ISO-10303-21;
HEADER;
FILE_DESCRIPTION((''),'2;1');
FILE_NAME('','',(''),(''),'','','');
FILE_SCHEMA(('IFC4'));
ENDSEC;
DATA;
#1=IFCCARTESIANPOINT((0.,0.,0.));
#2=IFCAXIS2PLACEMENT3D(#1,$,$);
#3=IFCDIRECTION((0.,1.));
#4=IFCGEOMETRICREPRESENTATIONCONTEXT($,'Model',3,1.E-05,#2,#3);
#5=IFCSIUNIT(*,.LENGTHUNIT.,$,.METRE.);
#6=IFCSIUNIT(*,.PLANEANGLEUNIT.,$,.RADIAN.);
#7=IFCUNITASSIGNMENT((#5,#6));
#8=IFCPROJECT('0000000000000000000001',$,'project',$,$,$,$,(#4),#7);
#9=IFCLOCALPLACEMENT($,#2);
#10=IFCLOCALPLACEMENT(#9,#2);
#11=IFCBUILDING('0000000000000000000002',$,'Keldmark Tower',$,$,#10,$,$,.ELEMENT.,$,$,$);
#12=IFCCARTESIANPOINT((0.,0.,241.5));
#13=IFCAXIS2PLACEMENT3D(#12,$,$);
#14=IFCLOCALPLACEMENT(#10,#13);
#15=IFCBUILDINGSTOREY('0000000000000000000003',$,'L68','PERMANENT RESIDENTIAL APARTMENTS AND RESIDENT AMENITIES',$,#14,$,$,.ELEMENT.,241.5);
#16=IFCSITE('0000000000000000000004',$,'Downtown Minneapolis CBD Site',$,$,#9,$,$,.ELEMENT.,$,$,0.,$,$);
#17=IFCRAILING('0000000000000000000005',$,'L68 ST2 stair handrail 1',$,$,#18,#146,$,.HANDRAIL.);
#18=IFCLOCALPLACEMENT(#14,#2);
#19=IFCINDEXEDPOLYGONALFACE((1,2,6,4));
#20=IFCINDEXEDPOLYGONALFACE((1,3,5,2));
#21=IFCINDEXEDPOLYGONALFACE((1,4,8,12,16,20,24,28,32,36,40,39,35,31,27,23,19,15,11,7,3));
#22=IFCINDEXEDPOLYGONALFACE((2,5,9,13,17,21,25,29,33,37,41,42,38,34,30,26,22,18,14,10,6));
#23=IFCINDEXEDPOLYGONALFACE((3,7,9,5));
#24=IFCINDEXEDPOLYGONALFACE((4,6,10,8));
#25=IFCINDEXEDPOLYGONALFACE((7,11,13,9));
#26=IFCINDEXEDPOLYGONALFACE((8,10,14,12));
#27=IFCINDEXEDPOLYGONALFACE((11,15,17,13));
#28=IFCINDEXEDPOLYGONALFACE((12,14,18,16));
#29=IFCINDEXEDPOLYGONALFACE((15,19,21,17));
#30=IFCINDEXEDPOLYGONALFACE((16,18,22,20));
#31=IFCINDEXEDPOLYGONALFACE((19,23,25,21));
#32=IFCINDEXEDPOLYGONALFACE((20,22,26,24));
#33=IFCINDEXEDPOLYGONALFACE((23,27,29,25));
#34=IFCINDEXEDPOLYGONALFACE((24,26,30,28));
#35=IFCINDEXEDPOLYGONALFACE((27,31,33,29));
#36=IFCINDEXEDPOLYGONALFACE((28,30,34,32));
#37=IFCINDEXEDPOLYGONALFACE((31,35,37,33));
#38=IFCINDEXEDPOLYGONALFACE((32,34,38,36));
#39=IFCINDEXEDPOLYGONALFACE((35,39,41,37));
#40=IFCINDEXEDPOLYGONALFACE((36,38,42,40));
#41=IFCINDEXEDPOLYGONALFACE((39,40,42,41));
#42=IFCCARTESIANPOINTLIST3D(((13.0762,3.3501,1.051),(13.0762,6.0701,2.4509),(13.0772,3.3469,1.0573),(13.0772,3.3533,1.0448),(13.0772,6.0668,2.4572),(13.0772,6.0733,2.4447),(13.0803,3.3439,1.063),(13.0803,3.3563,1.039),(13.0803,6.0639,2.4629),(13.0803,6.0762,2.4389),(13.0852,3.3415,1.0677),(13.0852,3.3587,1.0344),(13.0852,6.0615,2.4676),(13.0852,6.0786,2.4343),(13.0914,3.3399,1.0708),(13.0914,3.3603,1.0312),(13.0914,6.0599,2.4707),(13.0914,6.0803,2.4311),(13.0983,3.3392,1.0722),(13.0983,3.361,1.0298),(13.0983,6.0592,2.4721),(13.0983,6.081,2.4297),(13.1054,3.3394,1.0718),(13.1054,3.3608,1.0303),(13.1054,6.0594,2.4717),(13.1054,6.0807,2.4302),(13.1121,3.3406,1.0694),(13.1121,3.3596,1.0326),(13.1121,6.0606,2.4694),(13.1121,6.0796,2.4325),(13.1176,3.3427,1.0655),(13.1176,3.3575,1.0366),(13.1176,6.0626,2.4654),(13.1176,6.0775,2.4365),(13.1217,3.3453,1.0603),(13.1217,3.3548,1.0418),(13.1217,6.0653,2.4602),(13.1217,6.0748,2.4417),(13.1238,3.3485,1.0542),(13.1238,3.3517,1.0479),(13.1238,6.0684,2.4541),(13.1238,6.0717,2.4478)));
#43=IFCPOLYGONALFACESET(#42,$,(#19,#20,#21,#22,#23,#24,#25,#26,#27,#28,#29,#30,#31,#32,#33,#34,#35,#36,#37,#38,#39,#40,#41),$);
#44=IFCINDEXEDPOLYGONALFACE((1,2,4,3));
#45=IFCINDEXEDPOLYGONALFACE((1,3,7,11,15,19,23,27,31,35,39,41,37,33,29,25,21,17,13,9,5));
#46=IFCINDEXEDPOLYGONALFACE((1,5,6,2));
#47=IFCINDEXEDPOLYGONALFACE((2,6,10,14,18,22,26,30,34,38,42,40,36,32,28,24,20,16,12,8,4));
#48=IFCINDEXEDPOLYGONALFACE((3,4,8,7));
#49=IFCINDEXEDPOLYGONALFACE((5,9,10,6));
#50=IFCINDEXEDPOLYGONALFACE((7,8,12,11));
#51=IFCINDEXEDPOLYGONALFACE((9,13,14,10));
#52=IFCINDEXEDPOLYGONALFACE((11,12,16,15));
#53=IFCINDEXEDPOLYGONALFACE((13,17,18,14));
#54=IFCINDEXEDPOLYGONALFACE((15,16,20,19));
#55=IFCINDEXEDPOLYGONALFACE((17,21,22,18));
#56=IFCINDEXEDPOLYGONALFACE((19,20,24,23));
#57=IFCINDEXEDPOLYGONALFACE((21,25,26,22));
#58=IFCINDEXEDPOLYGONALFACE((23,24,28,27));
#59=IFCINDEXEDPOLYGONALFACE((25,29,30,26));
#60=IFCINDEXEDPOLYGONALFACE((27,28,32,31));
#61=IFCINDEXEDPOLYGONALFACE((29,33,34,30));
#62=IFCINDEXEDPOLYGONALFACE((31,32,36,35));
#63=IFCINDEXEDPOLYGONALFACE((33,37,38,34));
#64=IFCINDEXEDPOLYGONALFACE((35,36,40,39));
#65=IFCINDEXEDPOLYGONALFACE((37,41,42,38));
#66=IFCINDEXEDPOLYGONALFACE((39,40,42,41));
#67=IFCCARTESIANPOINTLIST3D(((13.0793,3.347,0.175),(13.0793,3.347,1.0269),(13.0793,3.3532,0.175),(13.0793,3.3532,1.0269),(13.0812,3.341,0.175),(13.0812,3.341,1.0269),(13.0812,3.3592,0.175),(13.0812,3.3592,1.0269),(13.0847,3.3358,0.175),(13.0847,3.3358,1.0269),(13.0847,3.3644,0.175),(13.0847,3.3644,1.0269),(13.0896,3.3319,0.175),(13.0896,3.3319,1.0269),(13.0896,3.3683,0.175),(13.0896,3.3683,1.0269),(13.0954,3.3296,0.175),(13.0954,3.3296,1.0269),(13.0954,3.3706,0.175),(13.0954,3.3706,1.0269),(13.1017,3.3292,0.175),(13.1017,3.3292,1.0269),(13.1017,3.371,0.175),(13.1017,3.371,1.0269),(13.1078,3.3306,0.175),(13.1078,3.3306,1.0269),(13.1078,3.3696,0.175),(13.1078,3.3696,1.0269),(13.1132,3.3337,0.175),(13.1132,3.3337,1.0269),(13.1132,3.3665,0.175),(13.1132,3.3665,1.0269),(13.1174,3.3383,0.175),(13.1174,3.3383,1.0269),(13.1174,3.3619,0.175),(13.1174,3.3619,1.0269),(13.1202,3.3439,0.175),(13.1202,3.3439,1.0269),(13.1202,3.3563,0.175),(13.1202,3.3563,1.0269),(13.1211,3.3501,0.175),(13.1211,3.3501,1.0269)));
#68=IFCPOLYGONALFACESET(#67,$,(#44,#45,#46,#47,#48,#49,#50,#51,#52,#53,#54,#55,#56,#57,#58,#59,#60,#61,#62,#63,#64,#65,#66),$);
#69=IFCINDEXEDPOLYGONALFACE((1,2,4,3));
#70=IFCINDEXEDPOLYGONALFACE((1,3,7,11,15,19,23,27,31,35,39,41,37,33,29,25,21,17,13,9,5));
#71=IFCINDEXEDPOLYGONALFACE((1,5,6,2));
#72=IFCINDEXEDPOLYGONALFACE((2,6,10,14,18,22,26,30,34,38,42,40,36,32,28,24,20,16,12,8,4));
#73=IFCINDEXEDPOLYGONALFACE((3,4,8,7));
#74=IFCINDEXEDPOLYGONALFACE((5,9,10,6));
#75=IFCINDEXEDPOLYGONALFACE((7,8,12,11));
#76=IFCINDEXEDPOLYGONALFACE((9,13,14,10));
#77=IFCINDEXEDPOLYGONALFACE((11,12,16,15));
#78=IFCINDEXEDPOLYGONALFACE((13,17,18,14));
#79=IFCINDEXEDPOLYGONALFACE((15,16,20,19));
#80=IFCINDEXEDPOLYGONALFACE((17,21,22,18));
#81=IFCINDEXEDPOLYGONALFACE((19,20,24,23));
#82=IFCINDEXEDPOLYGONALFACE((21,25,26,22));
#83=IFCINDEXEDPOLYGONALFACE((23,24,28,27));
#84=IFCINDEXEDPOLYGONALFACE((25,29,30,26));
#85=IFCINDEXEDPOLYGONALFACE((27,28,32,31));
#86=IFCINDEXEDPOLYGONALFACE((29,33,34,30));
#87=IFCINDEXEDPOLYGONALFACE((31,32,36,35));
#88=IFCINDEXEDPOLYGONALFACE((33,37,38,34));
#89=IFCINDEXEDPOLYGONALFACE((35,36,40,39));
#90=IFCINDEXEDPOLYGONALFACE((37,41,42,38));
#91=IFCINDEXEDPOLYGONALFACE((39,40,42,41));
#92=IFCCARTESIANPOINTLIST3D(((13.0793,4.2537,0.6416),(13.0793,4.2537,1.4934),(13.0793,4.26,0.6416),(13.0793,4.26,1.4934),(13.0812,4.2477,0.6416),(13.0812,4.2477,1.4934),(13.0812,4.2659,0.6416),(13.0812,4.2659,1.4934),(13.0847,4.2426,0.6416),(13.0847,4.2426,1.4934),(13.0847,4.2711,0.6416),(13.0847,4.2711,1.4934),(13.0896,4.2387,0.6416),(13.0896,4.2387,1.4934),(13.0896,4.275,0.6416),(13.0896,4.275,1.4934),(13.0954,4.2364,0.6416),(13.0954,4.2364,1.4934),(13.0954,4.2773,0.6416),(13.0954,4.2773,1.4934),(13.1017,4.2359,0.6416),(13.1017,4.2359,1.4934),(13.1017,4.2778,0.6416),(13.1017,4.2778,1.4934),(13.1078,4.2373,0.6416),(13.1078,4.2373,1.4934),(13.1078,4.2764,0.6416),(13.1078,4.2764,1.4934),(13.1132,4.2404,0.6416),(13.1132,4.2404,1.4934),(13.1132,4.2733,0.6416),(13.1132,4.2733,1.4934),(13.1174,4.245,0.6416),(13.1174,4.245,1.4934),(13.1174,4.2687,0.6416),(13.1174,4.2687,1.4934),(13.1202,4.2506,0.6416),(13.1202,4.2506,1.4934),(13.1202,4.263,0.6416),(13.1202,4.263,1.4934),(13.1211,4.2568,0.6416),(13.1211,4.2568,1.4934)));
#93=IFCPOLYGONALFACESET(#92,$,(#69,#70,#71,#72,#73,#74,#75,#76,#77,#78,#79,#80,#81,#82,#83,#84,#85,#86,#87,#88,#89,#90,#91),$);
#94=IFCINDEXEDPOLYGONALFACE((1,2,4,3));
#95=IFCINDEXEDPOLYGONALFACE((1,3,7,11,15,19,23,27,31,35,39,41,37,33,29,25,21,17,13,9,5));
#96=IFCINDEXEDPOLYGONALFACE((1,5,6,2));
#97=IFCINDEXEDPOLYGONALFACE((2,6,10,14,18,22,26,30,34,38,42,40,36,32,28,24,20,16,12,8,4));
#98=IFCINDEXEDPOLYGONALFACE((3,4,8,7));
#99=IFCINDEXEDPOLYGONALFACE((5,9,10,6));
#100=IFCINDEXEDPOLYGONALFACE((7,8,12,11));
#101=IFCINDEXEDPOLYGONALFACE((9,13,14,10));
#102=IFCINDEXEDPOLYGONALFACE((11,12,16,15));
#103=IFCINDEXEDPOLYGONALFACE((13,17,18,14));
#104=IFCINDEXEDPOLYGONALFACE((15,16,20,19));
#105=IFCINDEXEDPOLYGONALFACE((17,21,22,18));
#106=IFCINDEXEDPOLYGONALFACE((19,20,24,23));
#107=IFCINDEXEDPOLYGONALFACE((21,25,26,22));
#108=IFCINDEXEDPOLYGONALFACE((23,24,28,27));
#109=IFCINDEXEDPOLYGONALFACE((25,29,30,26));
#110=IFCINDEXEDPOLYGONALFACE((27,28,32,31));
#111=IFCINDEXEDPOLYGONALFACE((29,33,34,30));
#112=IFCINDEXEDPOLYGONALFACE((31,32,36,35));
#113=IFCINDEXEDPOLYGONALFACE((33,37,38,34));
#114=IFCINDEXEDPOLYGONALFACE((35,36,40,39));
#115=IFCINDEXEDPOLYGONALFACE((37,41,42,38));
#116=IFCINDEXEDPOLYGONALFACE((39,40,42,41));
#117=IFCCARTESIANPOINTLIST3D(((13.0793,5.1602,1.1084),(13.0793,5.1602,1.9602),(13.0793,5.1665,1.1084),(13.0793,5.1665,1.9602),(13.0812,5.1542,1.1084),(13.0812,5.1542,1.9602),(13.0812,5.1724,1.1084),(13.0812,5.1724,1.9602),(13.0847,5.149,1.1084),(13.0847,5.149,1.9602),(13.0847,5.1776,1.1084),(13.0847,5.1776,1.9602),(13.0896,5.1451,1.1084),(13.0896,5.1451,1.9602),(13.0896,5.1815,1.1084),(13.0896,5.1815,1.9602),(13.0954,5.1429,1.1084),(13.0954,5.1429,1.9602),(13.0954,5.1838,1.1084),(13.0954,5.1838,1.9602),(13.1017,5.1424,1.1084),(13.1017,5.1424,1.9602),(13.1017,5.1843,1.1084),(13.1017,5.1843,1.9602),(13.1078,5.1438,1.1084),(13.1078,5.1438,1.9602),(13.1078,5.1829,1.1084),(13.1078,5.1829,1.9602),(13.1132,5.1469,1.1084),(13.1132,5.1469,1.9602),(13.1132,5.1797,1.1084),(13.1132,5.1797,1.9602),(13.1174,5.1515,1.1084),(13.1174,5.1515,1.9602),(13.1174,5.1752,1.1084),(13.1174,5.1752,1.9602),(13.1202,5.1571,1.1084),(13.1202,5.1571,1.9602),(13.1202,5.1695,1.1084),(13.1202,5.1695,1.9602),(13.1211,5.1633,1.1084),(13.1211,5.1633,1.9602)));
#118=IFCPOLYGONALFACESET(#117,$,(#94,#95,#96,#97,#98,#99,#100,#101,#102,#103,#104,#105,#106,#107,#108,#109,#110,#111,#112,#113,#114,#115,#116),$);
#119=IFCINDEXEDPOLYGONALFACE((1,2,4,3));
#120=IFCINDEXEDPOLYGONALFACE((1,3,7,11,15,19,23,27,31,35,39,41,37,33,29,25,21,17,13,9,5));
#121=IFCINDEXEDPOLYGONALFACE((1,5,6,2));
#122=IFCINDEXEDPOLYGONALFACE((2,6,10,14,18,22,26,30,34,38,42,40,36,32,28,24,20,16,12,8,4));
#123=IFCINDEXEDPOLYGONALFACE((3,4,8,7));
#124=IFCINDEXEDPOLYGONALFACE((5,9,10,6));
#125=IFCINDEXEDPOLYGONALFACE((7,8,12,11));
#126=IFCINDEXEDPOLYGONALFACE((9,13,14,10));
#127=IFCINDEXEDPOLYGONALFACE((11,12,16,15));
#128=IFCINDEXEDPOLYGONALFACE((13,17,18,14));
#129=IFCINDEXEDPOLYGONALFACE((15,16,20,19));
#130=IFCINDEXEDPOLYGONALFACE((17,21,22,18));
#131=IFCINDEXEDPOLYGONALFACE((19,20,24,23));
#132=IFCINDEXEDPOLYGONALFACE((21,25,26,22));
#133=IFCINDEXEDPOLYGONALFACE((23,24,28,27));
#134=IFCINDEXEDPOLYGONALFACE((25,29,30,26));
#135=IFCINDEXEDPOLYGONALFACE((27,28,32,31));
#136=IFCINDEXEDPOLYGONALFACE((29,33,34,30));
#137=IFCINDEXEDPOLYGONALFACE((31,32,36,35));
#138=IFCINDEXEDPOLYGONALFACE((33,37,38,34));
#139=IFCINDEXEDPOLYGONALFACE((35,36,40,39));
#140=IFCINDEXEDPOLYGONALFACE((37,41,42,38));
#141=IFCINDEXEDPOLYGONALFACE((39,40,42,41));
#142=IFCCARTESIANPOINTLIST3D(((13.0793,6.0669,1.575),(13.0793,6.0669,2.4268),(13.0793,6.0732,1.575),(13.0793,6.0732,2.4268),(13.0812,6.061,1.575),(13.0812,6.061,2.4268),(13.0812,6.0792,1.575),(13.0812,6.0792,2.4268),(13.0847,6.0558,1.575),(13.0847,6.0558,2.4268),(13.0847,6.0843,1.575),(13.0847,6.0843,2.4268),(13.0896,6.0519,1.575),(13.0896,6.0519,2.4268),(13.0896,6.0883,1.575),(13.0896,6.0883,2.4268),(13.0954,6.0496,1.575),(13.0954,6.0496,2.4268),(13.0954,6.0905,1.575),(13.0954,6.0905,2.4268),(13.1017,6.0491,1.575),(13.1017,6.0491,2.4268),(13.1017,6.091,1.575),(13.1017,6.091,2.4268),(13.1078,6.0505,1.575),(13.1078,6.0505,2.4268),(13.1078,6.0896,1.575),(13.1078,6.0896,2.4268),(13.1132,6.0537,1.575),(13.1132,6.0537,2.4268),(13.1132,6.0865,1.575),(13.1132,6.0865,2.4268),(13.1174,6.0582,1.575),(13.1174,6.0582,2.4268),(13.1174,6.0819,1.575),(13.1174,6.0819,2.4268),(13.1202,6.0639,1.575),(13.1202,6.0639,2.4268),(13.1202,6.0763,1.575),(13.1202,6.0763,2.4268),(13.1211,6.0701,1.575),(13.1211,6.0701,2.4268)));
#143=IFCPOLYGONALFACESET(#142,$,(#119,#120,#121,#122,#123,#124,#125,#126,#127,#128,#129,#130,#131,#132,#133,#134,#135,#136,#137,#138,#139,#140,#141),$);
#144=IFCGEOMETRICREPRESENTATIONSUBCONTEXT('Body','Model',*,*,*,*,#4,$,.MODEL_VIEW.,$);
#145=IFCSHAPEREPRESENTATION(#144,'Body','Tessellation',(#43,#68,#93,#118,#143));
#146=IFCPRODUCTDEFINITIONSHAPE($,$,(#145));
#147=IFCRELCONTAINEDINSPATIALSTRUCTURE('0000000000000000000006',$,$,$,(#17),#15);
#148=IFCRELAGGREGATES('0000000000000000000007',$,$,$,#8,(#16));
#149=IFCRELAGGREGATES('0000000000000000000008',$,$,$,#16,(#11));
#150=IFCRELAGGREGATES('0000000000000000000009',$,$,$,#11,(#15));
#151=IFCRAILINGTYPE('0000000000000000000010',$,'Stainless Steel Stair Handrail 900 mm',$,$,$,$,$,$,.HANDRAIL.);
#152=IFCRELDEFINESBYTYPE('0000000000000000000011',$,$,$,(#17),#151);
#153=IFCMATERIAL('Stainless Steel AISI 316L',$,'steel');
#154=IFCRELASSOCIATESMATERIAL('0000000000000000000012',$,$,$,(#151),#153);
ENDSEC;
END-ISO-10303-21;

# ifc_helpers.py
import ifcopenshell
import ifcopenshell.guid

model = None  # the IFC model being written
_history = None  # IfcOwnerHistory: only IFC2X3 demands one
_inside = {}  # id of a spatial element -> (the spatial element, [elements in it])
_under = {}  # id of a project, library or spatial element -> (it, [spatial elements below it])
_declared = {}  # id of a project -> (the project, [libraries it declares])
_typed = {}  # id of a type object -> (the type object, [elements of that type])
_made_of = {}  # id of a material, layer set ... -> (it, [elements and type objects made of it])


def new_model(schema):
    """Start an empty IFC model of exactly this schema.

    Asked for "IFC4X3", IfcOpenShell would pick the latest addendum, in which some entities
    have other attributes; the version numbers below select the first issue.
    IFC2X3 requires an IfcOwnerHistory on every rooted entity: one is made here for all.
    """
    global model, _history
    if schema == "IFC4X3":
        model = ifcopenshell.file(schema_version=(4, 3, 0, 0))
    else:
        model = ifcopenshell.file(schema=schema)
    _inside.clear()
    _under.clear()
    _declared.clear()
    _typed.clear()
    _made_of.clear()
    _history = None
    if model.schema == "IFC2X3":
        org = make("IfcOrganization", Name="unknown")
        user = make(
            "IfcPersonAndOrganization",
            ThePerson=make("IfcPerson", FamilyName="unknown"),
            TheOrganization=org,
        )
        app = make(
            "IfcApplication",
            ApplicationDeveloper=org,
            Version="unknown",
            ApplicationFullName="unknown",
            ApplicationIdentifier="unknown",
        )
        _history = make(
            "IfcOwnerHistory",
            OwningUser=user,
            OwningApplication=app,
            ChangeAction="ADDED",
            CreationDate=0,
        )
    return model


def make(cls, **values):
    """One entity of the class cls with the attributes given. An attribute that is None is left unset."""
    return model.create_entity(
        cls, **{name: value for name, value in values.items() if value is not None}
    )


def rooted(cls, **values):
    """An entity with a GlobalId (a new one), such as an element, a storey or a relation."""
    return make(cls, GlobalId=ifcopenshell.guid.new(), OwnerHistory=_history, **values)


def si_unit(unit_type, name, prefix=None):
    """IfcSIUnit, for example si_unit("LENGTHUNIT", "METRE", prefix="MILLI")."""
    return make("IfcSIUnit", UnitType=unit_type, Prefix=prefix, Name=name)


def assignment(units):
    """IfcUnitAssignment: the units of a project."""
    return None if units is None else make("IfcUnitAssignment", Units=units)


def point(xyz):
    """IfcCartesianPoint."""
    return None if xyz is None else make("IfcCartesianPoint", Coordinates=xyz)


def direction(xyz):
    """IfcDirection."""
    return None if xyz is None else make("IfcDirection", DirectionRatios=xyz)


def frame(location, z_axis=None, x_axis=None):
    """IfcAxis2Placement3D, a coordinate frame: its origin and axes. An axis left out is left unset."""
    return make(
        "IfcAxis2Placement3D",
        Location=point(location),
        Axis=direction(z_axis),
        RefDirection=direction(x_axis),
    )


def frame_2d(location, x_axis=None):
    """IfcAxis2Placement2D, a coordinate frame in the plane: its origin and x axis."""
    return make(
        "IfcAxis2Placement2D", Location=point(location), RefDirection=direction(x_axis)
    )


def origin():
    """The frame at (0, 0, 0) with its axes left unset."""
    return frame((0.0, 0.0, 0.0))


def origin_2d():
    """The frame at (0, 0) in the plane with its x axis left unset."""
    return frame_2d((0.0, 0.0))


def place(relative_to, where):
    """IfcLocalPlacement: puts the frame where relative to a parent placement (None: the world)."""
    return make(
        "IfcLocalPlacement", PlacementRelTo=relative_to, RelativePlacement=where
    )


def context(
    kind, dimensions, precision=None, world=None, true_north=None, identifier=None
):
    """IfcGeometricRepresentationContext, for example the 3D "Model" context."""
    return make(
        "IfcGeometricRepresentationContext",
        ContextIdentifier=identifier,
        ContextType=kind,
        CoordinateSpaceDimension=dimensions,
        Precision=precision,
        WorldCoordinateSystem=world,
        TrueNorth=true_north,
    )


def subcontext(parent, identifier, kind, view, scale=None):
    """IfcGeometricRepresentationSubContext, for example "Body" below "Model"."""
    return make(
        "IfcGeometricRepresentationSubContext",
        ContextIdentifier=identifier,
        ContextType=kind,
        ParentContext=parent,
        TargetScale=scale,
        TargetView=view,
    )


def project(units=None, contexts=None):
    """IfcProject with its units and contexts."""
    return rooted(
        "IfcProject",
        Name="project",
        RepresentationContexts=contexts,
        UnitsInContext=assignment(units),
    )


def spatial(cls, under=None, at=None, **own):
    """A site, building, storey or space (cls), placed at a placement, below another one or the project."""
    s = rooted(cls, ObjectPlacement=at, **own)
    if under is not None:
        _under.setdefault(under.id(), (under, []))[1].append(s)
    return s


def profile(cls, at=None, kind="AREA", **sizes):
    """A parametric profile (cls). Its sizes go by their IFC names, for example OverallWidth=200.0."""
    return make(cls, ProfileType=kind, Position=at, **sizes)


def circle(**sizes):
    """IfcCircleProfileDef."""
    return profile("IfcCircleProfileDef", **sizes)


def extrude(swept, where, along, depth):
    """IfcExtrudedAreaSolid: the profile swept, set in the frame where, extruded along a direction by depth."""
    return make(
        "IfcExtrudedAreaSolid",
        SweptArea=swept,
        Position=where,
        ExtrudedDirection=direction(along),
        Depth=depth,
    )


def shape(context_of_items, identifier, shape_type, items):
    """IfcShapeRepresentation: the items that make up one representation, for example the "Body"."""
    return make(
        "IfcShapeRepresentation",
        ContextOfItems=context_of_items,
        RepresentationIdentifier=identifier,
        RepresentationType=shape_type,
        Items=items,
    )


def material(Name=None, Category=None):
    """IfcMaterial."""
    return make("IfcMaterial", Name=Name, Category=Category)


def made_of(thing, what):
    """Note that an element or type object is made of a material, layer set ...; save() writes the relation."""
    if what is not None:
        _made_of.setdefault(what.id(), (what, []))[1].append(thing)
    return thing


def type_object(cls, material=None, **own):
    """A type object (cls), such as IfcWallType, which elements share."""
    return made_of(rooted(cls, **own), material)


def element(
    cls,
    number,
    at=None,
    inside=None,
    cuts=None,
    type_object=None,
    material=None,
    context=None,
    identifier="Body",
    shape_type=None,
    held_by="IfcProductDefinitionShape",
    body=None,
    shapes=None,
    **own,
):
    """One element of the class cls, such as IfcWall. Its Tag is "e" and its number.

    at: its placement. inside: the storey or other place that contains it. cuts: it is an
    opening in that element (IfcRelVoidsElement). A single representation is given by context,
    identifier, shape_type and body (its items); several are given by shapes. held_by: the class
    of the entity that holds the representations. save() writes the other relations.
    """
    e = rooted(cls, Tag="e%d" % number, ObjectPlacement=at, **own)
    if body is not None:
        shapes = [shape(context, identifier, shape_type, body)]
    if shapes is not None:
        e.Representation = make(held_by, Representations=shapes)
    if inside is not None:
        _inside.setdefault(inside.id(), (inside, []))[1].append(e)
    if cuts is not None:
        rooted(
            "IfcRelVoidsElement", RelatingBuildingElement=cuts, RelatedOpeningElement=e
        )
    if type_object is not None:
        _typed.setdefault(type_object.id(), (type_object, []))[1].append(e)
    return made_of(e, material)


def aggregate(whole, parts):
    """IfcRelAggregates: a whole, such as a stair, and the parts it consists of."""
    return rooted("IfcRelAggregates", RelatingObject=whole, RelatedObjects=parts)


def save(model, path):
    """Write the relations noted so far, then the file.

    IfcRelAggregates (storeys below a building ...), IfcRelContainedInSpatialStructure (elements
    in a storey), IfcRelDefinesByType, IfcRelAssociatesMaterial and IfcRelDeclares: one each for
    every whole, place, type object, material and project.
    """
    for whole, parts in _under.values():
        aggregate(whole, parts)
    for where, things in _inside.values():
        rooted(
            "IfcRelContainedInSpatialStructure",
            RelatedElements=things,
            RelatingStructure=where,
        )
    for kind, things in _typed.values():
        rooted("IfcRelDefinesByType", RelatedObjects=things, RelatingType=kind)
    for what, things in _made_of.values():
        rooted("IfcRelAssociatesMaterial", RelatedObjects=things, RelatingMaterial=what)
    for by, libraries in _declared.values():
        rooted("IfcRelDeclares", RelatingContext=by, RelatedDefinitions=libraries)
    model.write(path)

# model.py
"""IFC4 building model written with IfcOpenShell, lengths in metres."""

from ifc_helpers import new_model, si_unit, direction, frame, origin, origin_2d, place, context, subcontext, project, spatial, circle, extrude, material, type_object, element, save


model = new_model("IFC4")

# Units and contexts
model_context = context("Model", 3, precision=1e-05, world=origin(), true_north=direction((0.0, 1.0)))
body_context = subcontext(model_context, "Body", "Model", "MODEL_VIEW")
ifc_project = project(units=[si_unit("LENGTHUNIT", "METRE"), si_unit("PLANEANGLEUNIT", "RADIAN")], contexts=[model_context])

# Site, building, storey
site_placement = place(None, origin())
site = spatial("IfcSite", under=ifc_project, at=site_placement, Name="Downtown Minneapolis CBD Site", CompositionType="ELEMENT", RefElevation=0.0)
building_placement = place(site_placement, origin())
building = spatial("IfcBuilding", under=site, at=building_placement, Name="Keldmark Tower", CompositionType="ELEMENT")
storey_placement = place(building_placement, frame((0.0, 0.0, 241.5)))
storey = spatial("IfcBuildingStorey", under=building, at=storey_placement, Name="L68", Description="PERMANENT RESIDENTIAL APARTMENTS AND RESIDENT AMENITIES", CompositionType="ELEMENT", Elevation=241.5)

# Railing
ifc_material_1 = material(Name="Stainless Steel AISI 316L", Category="steel")
railing_type_1 = type_object("IfcRailingType", Name="Stainless Steel Stair Handrail 900 mm", PredefinedType="HANDRAIL", material=ifc_material_1)
railing_1_placement = place(storey_placement, frame((13.1001, 3.3501, 0.175)))
element("IfcRailing", 1, at=railing_1_placement, inside=storey, type_object=railing_type_1, Name="L68 ST2 stair handrail 1", PredefinedType="HANDRAIL", context=body_context, shape_type="SweptSolid", body=[
    extrude(circle(Radius=0.0239, at=origin_2d()), frame((0.0, 0.0, 0.876), z_axis=(0.0, 0.889147, 0.457622), x_axis=(-1.0, 0.0, 0.0)), (0.0, 0.0, 1.0), 3.0591),
    extrude(circle(Radius=0.021, at=origin_2d()), origin(), (0.0, 0.0, 1.0), 0.8518),
    extrude(circle(Radius=0.021, at=origin_2d()), frame((0.0, 0.9067, 0.4666)), (0.0, 0.0, 1.0), 0.8518),
    extrude(circle(Radius=0.021, at=origin_2d()), frame((0.0, 1.8132, 0.9333)), (0.0, 0.0, 1.0), 0.8518),
    extrude(circle(Radius=0.021, at=origin_2d()), frame((0.0, 2.72, 1.3999)), (0.0, 0.0, 1.0), 0.8518),
])

save(model, "model.ifc")
